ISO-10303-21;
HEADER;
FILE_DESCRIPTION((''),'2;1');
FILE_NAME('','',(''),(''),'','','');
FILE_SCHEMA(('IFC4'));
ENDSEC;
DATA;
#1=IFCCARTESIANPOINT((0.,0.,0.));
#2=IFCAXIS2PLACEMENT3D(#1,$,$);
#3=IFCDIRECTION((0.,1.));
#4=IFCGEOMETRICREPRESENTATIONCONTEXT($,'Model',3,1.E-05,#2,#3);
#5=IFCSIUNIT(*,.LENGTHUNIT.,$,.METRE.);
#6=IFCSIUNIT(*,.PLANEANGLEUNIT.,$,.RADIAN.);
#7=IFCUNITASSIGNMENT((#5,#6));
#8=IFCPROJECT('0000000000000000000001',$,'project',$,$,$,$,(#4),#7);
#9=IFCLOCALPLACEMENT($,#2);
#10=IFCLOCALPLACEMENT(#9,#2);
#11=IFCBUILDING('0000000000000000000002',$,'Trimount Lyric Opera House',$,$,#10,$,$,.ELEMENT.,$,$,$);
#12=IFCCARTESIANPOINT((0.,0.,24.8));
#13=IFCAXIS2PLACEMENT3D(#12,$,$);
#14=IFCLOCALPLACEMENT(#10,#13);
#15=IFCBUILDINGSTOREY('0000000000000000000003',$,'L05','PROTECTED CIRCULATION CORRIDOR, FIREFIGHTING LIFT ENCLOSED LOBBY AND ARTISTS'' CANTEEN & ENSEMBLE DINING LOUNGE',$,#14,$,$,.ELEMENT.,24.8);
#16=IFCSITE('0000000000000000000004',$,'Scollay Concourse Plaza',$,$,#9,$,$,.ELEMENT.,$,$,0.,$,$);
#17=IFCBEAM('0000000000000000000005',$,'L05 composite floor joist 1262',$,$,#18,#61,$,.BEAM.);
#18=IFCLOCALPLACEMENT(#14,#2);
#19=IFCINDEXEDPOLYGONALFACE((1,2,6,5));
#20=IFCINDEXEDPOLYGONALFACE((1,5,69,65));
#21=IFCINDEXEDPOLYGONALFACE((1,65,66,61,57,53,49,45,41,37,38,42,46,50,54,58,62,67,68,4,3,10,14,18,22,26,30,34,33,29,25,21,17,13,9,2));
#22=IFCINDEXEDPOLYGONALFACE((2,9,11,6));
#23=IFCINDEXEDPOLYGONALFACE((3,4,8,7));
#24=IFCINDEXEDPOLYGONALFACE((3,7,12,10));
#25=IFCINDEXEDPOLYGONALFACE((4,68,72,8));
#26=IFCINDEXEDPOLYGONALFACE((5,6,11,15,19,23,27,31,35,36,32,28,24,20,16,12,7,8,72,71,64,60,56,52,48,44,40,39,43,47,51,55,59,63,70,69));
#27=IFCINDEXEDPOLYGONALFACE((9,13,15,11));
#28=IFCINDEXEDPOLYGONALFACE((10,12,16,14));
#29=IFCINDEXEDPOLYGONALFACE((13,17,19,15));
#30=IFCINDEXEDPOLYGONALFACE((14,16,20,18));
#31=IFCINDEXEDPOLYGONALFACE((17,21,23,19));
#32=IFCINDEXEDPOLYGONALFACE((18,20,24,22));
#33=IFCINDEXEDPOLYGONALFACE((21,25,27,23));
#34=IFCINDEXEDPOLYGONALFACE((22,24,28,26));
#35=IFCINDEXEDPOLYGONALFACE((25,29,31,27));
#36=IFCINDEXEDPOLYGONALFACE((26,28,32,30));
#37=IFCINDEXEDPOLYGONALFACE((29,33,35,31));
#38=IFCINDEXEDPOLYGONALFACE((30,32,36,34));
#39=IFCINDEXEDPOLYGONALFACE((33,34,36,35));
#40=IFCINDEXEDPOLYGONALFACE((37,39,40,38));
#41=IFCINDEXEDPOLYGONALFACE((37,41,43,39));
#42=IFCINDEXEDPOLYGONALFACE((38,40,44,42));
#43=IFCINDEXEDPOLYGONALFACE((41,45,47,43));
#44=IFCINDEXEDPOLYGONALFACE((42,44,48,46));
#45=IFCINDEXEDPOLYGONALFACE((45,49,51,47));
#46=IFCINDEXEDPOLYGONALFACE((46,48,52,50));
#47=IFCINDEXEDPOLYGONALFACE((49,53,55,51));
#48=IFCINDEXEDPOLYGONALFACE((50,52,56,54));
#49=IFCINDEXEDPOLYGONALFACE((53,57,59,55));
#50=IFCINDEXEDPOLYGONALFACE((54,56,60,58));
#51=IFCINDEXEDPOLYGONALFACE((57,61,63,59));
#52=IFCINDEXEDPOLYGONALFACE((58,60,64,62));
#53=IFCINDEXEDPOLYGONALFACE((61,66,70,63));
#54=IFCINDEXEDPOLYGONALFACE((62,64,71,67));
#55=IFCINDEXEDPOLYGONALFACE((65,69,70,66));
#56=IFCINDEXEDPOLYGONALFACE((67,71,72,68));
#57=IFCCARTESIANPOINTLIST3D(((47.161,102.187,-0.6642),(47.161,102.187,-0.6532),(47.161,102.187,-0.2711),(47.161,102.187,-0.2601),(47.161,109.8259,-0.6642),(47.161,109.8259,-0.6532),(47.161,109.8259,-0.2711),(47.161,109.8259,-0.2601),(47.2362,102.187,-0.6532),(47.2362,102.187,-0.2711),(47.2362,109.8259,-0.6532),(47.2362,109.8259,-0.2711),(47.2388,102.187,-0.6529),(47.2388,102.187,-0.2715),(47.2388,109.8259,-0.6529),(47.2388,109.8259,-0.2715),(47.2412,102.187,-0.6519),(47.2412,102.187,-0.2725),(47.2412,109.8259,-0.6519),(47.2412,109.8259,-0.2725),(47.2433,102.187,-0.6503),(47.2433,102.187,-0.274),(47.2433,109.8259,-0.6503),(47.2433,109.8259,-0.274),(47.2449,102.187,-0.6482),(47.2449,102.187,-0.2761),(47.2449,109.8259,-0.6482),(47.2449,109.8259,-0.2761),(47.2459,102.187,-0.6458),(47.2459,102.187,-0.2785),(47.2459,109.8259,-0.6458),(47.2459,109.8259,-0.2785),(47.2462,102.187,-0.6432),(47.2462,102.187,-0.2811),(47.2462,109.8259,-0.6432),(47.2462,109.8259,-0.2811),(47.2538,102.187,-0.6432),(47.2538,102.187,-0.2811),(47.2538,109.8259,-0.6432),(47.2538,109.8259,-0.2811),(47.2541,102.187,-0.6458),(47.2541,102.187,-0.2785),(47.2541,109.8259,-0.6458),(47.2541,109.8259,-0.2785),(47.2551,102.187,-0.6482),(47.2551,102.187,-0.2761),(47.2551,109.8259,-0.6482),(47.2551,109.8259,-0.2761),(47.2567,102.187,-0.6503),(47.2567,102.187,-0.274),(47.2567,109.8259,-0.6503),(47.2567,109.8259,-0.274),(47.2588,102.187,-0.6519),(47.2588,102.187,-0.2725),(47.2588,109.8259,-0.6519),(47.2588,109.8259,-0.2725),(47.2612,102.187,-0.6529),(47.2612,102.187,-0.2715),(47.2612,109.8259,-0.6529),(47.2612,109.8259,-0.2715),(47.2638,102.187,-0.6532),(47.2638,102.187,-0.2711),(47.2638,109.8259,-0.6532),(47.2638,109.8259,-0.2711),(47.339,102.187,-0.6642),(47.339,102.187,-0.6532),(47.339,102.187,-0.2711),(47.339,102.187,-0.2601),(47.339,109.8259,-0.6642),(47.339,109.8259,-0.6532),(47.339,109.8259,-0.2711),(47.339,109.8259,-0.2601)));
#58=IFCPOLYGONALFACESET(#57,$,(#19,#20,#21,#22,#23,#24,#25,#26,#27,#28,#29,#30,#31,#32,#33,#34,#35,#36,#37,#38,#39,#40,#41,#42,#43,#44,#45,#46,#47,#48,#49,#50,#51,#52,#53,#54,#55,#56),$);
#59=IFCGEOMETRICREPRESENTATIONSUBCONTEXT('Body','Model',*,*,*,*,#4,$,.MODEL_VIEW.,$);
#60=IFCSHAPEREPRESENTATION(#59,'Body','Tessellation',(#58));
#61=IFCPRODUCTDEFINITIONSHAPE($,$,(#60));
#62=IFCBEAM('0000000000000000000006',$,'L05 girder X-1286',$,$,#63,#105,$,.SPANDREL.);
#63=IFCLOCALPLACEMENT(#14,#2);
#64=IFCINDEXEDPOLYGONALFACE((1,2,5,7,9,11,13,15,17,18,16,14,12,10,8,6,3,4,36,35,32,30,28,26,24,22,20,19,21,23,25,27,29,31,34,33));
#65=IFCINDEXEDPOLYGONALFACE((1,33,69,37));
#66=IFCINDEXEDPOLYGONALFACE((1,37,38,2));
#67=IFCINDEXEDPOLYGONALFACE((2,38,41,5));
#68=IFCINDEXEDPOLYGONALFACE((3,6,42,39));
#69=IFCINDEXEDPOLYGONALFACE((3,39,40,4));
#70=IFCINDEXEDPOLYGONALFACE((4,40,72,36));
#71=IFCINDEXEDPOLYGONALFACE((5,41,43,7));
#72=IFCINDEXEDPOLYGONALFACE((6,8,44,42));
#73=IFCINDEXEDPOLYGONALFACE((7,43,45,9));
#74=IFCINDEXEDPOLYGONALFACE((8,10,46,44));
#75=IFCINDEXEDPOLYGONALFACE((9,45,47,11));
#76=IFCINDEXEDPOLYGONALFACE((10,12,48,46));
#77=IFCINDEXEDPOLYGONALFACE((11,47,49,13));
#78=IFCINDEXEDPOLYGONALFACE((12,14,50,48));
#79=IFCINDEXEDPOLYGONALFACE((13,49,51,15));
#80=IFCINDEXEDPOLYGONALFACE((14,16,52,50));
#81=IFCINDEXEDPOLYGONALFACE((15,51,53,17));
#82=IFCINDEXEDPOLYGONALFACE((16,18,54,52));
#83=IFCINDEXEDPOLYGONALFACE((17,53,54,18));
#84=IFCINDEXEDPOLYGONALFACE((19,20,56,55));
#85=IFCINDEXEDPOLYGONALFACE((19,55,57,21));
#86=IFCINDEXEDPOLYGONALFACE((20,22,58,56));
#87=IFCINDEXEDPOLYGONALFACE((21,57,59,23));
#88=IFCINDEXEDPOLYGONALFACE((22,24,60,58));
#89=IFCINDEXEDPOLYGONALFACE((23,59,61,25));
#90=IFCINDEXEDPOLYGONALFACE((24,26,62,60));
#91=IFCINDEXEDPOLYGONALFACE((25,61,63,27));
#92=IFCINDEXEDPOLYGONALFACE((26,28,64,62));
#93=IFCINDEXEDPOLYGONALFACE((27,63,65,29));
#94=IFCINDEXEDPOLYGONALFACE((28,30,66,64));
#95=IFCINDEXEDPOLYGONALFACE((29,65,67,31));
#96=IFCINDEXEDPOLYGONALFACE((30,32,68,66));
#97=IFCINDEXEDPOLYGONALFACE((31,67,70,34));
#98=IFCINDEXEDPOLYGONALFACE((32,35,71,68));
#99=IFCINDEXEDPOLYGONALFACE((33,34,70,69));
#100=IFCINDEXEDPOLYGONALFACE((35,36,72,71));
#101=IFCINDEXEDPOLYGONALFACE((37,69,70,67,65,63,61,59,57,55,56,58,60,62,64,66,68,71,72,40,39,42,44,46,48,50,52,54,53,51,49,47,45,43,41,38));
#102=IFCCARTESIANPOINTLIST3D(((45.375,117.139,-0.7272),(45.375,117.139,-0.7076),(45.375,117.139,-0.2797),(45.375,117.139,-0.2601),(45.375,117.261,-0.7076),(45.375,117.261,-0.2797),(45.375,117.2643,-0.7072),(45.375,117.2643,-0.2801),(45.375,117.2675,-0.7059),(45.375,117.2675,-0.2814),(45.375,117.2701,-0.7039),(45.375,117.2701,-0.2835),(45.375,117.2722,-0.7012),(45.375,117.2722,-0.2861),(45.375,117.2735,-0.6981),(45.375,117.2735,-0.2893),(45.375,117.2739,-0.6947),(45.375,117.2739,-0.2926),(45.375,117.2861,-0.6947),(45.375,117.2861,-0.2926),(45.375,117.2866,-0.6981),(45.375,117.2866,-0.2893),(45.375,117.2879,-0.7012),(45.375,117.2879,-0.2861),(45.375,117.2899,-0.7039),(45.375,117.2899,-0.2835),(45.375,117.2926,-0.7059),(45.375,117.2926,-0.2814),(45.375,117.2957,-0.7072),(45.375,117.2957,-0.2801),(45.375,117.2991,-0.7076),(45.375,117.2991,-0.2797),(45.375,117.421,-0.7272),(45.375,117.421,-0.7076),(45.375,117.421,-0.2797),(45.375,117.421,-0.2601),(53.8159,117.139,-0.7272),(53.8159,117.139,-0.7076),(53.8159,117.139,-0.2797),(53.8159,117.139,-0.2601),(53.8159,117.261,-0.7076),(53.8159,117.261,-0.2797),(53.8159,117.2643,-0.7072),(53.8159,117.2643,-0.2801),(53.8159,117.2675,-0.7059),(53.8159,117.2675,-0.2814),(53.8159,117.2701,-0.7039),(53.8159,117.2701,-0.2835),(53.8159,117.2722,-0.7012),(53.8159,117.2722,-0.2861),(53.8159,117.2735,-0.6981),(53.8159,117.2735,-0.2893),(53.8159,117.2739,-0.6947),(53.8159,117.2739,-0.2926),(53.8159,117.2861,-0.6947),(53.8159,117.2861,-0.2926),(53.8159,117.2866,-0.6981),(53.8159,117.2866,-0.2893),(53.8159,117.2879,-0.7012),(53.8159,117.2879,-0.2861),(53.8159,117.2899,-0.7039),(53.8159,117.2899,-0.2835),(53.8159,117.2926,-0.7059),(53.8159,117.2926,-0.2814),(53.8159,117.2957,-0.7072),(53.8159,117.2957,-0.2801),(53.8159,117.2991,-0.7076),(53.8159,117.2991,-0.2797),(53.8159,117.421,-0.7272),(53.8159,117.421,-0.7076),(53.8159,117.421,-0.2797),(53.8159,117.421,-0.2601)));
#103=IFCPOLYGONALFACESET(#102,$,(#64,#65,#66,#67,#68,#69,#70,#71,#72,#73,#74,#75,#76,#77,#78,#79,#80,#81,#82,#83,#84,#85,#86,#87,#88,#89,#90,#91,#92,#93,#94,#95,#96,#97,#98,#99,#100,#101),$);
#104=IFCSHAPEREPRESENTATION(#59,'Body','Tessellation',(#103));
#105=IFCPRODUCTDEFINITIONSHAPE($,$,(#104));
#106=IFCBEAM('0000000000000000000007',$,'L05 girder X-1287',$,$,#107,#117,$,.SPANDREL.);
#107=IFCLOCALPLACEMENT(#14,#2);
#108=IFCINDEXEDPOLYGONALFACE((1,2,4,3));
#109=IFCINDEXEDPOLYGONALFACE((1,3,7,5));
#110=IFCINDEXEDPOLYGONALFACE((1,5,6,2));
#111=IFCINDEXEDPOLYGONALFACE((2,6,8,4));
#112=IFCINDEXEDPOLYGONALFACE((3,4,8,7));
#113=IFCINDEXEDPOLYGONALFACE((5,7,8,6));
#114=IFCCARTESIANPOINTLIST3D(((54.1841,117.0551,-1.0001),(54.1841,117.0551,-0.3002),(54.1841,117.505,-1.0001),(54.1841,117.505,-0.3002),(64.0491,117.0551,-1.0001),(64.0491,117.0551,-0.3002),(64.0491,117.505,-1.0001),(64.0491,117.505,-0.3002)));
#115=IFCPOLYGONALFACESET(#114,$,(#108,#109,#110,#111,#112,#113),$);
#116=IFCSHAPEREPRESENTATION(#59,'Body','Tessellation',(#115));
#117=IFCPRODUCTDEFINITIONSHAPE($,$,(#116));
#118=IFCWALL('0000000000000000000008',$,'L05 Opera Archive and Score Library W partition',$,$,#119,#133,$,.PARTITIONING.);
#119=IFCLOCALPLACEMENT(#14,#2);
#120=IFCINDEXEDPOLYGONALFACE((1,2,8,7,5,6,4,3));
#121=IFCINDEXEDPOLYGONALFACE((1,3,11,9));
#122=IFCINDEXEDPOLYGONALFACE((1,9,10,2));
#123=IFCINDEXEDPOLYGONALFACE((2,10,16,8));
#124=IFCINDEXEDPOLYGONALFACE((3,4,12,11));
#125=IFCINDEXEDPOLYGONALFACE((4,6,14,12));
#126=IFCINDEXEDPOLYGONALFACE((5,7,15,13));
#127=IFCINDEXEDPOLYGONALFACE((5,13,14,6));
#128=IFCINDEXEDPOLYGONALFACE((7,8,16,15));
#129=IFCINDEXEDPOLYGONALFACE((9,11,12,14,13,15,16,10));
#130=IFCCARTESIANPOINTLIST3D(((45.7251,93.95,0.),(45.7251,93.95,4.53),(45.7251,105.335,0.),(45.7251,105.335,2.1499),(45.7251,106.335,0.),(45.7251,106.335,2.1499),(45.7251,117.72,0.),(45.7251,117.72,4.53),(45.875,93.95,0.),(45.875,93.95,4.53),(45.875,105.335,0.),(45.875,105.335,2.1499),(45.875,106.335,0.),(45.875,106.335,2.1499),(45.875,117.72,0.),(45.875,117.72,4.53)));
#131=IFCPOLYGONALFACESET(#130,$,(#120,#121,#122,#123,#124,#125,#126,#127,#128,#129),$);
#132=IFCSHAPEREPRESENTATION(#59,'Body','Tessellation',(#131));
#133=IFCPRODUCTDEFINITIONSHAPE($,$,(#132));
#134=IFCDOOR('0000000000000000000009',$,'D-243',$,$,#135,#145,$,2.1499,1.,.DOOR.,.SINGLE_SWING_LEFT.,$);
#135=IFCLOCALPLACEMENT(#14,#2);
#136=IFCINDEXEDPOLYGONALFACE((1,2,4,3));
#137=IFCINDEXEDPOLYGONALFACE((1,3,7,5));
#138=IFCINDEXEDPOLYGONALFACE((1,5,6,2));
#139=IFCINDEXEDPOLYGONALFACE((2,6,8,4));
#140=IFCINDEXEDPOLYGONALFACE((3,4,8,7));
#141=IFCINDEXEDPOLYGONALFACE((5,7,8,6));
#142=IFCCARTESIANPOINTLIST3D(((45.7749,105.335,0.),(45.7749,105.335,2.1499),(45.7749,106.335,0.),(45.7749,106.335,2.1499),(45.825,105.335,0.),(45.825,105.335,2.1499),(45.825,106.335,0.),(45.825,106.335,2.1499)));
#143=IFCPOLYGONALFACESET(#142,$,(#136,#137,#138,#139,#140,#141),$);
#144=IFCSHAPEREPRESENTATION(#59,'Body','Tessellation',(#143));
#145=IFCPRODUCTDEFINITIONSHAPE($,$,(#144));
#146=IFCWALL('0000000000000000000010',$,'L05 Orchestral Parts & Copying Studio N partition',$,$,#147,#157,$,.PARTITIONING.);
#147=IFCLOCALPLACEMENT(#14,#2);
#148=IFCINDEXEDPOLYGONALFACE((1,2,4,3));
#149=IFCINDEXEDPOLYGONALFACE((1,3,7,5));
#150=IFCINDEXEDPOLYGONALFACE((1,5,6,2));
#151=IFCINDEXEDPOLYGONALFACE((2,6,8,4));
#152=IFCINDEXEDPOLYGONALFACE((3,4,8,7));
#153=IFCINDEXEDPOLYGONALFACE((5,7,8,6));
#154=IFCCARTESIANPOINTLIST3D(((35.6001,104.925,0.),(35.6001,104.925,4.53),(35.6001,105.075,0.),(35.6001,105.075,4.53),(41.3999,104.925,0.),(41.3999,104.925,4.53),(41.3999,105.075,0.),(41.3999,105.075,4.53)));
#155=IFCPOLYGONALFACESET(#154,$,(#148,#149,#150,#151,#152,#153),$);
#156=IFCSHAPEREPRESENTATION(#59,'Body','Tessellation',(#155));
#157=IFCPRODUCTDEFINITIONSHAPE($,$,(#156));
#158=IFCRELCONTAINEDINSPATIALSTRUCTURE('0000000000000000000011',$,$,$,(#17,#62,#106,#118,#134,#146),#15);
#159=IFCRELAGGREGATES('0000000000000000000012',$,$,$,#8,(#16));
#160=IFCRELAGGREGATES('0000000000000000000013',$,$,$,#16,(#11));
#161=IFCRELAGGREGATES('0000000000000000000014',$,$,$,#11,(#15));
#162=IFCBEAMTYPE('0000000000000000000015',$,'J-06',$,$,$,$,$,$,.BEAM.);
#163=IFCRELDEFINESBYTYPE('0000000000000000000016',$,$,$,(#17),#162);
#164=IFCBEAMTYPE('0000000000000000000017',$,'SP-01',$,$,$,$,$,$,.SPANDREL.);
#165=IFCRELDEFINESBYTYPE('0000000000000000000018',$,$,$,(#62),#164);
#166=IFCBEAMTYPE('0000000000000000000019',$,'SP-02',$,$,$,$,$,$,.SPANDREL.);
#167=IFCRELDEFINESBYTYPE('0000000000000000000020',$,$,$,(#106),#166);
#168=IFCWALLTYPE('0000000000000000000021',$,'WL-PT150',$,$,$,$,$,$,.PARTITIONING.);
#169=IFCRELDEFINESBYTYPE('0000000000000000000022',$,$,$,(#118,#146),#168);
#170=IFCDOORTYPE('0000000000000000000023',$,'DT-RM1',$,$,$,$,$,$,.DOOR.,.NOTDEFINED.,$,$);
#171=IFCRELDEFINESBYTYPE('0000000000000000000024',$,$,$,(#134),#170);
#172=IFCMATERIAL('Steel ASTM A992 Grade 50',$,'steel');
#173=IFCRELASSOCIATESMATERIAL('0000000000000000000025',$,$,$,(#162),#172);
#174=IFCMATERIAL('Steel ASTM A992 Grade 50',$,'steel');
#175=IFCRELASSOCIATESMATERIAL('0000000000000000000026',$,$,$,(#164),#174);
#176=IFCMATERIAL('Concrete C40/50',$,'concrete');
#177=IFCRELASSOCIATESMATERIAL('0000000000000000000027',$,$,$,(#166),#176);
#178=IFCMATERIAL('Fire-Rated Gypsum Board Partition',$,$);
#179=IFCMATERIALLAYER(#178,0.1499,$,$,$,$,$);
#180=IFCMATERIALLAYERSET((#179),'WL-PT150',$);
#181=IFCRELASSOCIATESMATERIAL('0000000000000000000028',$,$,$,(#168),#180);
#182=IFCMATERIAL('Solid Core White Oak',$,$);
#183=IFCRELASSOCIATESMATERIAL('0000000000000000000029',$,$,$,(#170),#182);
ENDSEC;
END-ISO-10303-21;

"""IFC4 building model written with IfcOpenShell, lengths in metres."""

from ifc_helpers import new_model, si_unit, direction, frame, frame_2d, origin, origin_2d, place, context, subcontext, project, spatial, rectangle, i_section, extrude, material, layer, layer_set, material_profile, profile_set, type_object, element, fill, save


model = new_model("IFC4")

# Units and contexts
model_context = context("Model", 3, precision=1e-05, world=origin(), true_north=direction((0.0, 1.0)))
body_context = subcontext(model_context, "Body", "Model", "MODEL_VIEW")
ifc_project = project(units=[si_unit("LENGTHUNIT", "METRE"), si_unit("PLANEANGLEUNIT", "RADIAN")], contexts=[model_context])

# Site, building, storey
site_placement = place(None, origin())
site = spatial("IfcSite", under=ifc_project, at=site_placement, Name="Scollay Concourse Plaza", CompositionType="ELEMENT", RefElevation=0.0)
building_placement = place(site_placement, origin())
building = spatial("IfcBuilding", under=site, at=building_placement, Name="Trimount Lyric Opera House", CompositionType="ELEMENT")
storey_placement = place(building_placement, frame((0.0, 0.0, 24.8)))
storey = spatial("IfcBuildingStorey", under=building, at=storey_placement, Name="L05", Description="PROTECTED CIRCULATION CORRIDOR, FIREFIGHTING LIFT ENCLOSED LOBBY AND ARTISTS' CANTEEN & ENSEMBLE DINING LOUNGE", CompositionType="ELEMENT", Elevation=24.8)

# Beams
ifc_material_1 = material(Name="Steel ASTM A992 Grade 50", Category="steel")
ifc_material_profile_1 = material_profile(ifc_material_1, i_section(OverallWidth=0.178, OverallDepth=0.4041, WebThickness=0.0076, FlangeThickness=0.011, FilletRadius=0.01, at=origin_2d()), Name="W16X36")
ifc_profile_set_1 = profile_set([ifc_material_profile_1], Name="Steel ASTM A992 Grade 50")
beam_type_1 = type_object("IfcBeamType", Name="J-06", PredefinedType="BEAM", material=ifc_profile_set_1)
beam_1_placement = place(storey_placement, frame((47.25, 102.187, -0.4622), z_axis=(0.0, 1.0, 0.0), x_axis=(-1.0, 0.0, 0.0)))
element("IfcBeam", 1, at=beam_1_placement, inside=storey, type_object=beam_type_1, Name="L05 composite floor joist 1262", PredefinedType="BEAM", context=body_context, shape_type="SweptSolid", body=[
    extrude(i_section(OverallWidth=0.178, OverallDepth=0.4041, WebThickness=0.0076, FlangeThickness=0.011, FilletRadius=0.01, at=origin_2d()), origin(), (0.0, 0.0, 1.0), 7.6389),
])
ifc_material_2 = material(Name="Steel ASTM A992 Grade 50", Category="steel")
ifc_material_profile_2 = material_profile(ifc_material_2, i_section(OverallWidth=0.282, OverallDepth=0.467, WebThickness=0.0122, FlangeThickness=0.0195, FilletRadius=0.0129, at=origin_2d()), Name="W18X86")
ifc_profile_set_2 = profile_set([ifc_material_profile_2], Name="Steel ASTM A992 Grade 50")
beam_type_2 = type_object("IfcBeamType", Name="SP-01", PredefinedType="SPANDREL", material=ifc_profile_set_2)
beam_2_placement = place(storey_placement, frame((45.375, 117.28, -0.4937), z_axis=(1.0, 0.0, 0.0), x_axis=(0.0, 1.0, 0.0)))
element("IfcBeam", 2, at=beam_2_placement, inside=storey, type_object=beam_type_2, Name="L05 girder X-1286", PredefinedType="SPANDREL", context=body_context, shape_type="SweptSolid", body=[
    extrude(i_section(OverallWidth=0.282, OverallDepth=0.467, WebThickness=0.0122, FlangeThickness=0.0195, FilletRadius=0.0129, at=origin_2d()), origin(), (0.0, 0.0, 1.0), 8.4409),
])
ifc_material_3 = material(Name="Concrete C40/50", Category="concrete")
ifc_material_profile_3 = material_profile(ifc_material_3, rectangle(XDim=0.45, YDim=0.7, at=origin_2d()), Name="RC450X700")
ifc_profile_set_3 = profile_set([ifc_material_profile_3], Name="Concrete C40/50")
beam_type_3 = type_object("IfcBeamType", Name="SP-02", PredefinedType="SPANDREL", material=ifc_profile_set_3)
beam_3_placement = place(storey_placement, frame((54.1841, 117.28, -0.6501), z_axis=(1.0, 0.0, 0.0), x_axis=(0.0, 1.0, 0.0)))
element("IfcBeam", 3, at=beam_3_placement, inside=storey, type_object=beam_type_3, Name="L05 girder X-1287", PredefinedType="SPANDREL", context=body_context, shape_type="SweptSolid", body=[
    extrude(rectangle(XDim=0.45, YDim=0.7, at=origin_2d()), origin(), (0.0, 0.0, 1.0), 9.865),
])

# Wall, opening, door
ifc_material_4 = material(Name="Fire-Rated Gypsum Board Partition")
ifc_layer_1 = layer(ifc_material_4, 0.1499)
ifc_layer_set_1 = layer_set([ifc_layer_1], Name="WL-PT150")
wall_type_1 = type_object("IfcWallType", Name="WL-PT150", PredefinedType="PARTITIONING", material=ifc_layer_set_1)
wall_1_placement = place(storey_placement, frame((45.8, 117.72, 0.0), z_axis=(0.0, 0.0, 1.0), x_axis=(0.0, -1.0, 0.0)))
wall_1 = element("IfcWall", 4, at=wall_1_placement, inside=storey, type_object=wall_type_1, Name="L05 Opera Archive and Score Library W partition", PredefinedType="PARTITIONING", context=body_context, shape_type="SweptSolid", body=[
    extrude(rectangle(XDim=23.77, YDim=0.1499, at=frame_2d((11.885, 0.0))), origin(), (0.0, 0.0, 1.0), 4.53),
])
opening_1_placement = place(wall_1_placement, frame((11.385, 0.0, 0.0)))
opening_1 = element("IfcOpeningElement", 5, at=opening_1_placement, cuts=wall_1, PredefinedType="OPENING", context=body_context, shape_type="SweptSolid", body=[
    extrude(rectangle(XDim=1.0, YDim=2.1499, at=frame_2d((0.5, 1.075))), frame((0.0, 0.085, 0.0), z_axis=(0.0, -1.0, 0.0), x_axis=(1.0, 0.0, 0.0)), (0.0, 0.0, 1.0), 0.1699),
])
ifc_material_5 = material(Name="Solid Core White Oak")
door_type = type_object("IfcDoorType", Name="DT-RM1", OperationType="NOTDEFINED", PredefinedType="DOOR", material=ifc_material_5)
door_placement = place(opening_1_placement, origin())
door = element("IfcDoor", 6, at=door_placement, inside=storey, type_object=door_type, Name="D-243", OperationType="SINGLE_SWING_LEFT", OverallHeight=2.1499, OverallWidth=1.0, PredefinedType="DOOR", context=body_context, shape_type="SweptSolid", body=[
    extrude(rectangle(XDim=1.0, YDim=2.1499, at=frame_2d((0.5, 1.075))), frame((0.0, 0.0249, 0.0), z_axis=(0.0, -1.0, 0.0), x_axis=(1.0, 0.0, 0.0)), (0.0, 0.0, 1.0), 0.05),
])
fill(opening_1, door)

# Wall
wall_2_placement = place(storey_placement, frame((41.3999, 105.0, 0.0), z_axis=(0.0, 0.0, 1.0), x_axis=(-1.0, 0.0, 0.0)))
element("IfcWall", 7, at=wall_2_placement, inside=storey, type_object=wall_type_1, Name="L05 Orchestral Parts & Copying Studio N partition", PredefinedType="PARTITIONING", context=body_context, shape_type="SweptSolid", body=[
    extrude(rectangle(XDim=5.7998, YDim=0.1499, at=frame_2d((2.8999, 0.0))), origin(), (0.0, 0.0, 1.0), 4.53),
])

save(model, "model.ifc")
